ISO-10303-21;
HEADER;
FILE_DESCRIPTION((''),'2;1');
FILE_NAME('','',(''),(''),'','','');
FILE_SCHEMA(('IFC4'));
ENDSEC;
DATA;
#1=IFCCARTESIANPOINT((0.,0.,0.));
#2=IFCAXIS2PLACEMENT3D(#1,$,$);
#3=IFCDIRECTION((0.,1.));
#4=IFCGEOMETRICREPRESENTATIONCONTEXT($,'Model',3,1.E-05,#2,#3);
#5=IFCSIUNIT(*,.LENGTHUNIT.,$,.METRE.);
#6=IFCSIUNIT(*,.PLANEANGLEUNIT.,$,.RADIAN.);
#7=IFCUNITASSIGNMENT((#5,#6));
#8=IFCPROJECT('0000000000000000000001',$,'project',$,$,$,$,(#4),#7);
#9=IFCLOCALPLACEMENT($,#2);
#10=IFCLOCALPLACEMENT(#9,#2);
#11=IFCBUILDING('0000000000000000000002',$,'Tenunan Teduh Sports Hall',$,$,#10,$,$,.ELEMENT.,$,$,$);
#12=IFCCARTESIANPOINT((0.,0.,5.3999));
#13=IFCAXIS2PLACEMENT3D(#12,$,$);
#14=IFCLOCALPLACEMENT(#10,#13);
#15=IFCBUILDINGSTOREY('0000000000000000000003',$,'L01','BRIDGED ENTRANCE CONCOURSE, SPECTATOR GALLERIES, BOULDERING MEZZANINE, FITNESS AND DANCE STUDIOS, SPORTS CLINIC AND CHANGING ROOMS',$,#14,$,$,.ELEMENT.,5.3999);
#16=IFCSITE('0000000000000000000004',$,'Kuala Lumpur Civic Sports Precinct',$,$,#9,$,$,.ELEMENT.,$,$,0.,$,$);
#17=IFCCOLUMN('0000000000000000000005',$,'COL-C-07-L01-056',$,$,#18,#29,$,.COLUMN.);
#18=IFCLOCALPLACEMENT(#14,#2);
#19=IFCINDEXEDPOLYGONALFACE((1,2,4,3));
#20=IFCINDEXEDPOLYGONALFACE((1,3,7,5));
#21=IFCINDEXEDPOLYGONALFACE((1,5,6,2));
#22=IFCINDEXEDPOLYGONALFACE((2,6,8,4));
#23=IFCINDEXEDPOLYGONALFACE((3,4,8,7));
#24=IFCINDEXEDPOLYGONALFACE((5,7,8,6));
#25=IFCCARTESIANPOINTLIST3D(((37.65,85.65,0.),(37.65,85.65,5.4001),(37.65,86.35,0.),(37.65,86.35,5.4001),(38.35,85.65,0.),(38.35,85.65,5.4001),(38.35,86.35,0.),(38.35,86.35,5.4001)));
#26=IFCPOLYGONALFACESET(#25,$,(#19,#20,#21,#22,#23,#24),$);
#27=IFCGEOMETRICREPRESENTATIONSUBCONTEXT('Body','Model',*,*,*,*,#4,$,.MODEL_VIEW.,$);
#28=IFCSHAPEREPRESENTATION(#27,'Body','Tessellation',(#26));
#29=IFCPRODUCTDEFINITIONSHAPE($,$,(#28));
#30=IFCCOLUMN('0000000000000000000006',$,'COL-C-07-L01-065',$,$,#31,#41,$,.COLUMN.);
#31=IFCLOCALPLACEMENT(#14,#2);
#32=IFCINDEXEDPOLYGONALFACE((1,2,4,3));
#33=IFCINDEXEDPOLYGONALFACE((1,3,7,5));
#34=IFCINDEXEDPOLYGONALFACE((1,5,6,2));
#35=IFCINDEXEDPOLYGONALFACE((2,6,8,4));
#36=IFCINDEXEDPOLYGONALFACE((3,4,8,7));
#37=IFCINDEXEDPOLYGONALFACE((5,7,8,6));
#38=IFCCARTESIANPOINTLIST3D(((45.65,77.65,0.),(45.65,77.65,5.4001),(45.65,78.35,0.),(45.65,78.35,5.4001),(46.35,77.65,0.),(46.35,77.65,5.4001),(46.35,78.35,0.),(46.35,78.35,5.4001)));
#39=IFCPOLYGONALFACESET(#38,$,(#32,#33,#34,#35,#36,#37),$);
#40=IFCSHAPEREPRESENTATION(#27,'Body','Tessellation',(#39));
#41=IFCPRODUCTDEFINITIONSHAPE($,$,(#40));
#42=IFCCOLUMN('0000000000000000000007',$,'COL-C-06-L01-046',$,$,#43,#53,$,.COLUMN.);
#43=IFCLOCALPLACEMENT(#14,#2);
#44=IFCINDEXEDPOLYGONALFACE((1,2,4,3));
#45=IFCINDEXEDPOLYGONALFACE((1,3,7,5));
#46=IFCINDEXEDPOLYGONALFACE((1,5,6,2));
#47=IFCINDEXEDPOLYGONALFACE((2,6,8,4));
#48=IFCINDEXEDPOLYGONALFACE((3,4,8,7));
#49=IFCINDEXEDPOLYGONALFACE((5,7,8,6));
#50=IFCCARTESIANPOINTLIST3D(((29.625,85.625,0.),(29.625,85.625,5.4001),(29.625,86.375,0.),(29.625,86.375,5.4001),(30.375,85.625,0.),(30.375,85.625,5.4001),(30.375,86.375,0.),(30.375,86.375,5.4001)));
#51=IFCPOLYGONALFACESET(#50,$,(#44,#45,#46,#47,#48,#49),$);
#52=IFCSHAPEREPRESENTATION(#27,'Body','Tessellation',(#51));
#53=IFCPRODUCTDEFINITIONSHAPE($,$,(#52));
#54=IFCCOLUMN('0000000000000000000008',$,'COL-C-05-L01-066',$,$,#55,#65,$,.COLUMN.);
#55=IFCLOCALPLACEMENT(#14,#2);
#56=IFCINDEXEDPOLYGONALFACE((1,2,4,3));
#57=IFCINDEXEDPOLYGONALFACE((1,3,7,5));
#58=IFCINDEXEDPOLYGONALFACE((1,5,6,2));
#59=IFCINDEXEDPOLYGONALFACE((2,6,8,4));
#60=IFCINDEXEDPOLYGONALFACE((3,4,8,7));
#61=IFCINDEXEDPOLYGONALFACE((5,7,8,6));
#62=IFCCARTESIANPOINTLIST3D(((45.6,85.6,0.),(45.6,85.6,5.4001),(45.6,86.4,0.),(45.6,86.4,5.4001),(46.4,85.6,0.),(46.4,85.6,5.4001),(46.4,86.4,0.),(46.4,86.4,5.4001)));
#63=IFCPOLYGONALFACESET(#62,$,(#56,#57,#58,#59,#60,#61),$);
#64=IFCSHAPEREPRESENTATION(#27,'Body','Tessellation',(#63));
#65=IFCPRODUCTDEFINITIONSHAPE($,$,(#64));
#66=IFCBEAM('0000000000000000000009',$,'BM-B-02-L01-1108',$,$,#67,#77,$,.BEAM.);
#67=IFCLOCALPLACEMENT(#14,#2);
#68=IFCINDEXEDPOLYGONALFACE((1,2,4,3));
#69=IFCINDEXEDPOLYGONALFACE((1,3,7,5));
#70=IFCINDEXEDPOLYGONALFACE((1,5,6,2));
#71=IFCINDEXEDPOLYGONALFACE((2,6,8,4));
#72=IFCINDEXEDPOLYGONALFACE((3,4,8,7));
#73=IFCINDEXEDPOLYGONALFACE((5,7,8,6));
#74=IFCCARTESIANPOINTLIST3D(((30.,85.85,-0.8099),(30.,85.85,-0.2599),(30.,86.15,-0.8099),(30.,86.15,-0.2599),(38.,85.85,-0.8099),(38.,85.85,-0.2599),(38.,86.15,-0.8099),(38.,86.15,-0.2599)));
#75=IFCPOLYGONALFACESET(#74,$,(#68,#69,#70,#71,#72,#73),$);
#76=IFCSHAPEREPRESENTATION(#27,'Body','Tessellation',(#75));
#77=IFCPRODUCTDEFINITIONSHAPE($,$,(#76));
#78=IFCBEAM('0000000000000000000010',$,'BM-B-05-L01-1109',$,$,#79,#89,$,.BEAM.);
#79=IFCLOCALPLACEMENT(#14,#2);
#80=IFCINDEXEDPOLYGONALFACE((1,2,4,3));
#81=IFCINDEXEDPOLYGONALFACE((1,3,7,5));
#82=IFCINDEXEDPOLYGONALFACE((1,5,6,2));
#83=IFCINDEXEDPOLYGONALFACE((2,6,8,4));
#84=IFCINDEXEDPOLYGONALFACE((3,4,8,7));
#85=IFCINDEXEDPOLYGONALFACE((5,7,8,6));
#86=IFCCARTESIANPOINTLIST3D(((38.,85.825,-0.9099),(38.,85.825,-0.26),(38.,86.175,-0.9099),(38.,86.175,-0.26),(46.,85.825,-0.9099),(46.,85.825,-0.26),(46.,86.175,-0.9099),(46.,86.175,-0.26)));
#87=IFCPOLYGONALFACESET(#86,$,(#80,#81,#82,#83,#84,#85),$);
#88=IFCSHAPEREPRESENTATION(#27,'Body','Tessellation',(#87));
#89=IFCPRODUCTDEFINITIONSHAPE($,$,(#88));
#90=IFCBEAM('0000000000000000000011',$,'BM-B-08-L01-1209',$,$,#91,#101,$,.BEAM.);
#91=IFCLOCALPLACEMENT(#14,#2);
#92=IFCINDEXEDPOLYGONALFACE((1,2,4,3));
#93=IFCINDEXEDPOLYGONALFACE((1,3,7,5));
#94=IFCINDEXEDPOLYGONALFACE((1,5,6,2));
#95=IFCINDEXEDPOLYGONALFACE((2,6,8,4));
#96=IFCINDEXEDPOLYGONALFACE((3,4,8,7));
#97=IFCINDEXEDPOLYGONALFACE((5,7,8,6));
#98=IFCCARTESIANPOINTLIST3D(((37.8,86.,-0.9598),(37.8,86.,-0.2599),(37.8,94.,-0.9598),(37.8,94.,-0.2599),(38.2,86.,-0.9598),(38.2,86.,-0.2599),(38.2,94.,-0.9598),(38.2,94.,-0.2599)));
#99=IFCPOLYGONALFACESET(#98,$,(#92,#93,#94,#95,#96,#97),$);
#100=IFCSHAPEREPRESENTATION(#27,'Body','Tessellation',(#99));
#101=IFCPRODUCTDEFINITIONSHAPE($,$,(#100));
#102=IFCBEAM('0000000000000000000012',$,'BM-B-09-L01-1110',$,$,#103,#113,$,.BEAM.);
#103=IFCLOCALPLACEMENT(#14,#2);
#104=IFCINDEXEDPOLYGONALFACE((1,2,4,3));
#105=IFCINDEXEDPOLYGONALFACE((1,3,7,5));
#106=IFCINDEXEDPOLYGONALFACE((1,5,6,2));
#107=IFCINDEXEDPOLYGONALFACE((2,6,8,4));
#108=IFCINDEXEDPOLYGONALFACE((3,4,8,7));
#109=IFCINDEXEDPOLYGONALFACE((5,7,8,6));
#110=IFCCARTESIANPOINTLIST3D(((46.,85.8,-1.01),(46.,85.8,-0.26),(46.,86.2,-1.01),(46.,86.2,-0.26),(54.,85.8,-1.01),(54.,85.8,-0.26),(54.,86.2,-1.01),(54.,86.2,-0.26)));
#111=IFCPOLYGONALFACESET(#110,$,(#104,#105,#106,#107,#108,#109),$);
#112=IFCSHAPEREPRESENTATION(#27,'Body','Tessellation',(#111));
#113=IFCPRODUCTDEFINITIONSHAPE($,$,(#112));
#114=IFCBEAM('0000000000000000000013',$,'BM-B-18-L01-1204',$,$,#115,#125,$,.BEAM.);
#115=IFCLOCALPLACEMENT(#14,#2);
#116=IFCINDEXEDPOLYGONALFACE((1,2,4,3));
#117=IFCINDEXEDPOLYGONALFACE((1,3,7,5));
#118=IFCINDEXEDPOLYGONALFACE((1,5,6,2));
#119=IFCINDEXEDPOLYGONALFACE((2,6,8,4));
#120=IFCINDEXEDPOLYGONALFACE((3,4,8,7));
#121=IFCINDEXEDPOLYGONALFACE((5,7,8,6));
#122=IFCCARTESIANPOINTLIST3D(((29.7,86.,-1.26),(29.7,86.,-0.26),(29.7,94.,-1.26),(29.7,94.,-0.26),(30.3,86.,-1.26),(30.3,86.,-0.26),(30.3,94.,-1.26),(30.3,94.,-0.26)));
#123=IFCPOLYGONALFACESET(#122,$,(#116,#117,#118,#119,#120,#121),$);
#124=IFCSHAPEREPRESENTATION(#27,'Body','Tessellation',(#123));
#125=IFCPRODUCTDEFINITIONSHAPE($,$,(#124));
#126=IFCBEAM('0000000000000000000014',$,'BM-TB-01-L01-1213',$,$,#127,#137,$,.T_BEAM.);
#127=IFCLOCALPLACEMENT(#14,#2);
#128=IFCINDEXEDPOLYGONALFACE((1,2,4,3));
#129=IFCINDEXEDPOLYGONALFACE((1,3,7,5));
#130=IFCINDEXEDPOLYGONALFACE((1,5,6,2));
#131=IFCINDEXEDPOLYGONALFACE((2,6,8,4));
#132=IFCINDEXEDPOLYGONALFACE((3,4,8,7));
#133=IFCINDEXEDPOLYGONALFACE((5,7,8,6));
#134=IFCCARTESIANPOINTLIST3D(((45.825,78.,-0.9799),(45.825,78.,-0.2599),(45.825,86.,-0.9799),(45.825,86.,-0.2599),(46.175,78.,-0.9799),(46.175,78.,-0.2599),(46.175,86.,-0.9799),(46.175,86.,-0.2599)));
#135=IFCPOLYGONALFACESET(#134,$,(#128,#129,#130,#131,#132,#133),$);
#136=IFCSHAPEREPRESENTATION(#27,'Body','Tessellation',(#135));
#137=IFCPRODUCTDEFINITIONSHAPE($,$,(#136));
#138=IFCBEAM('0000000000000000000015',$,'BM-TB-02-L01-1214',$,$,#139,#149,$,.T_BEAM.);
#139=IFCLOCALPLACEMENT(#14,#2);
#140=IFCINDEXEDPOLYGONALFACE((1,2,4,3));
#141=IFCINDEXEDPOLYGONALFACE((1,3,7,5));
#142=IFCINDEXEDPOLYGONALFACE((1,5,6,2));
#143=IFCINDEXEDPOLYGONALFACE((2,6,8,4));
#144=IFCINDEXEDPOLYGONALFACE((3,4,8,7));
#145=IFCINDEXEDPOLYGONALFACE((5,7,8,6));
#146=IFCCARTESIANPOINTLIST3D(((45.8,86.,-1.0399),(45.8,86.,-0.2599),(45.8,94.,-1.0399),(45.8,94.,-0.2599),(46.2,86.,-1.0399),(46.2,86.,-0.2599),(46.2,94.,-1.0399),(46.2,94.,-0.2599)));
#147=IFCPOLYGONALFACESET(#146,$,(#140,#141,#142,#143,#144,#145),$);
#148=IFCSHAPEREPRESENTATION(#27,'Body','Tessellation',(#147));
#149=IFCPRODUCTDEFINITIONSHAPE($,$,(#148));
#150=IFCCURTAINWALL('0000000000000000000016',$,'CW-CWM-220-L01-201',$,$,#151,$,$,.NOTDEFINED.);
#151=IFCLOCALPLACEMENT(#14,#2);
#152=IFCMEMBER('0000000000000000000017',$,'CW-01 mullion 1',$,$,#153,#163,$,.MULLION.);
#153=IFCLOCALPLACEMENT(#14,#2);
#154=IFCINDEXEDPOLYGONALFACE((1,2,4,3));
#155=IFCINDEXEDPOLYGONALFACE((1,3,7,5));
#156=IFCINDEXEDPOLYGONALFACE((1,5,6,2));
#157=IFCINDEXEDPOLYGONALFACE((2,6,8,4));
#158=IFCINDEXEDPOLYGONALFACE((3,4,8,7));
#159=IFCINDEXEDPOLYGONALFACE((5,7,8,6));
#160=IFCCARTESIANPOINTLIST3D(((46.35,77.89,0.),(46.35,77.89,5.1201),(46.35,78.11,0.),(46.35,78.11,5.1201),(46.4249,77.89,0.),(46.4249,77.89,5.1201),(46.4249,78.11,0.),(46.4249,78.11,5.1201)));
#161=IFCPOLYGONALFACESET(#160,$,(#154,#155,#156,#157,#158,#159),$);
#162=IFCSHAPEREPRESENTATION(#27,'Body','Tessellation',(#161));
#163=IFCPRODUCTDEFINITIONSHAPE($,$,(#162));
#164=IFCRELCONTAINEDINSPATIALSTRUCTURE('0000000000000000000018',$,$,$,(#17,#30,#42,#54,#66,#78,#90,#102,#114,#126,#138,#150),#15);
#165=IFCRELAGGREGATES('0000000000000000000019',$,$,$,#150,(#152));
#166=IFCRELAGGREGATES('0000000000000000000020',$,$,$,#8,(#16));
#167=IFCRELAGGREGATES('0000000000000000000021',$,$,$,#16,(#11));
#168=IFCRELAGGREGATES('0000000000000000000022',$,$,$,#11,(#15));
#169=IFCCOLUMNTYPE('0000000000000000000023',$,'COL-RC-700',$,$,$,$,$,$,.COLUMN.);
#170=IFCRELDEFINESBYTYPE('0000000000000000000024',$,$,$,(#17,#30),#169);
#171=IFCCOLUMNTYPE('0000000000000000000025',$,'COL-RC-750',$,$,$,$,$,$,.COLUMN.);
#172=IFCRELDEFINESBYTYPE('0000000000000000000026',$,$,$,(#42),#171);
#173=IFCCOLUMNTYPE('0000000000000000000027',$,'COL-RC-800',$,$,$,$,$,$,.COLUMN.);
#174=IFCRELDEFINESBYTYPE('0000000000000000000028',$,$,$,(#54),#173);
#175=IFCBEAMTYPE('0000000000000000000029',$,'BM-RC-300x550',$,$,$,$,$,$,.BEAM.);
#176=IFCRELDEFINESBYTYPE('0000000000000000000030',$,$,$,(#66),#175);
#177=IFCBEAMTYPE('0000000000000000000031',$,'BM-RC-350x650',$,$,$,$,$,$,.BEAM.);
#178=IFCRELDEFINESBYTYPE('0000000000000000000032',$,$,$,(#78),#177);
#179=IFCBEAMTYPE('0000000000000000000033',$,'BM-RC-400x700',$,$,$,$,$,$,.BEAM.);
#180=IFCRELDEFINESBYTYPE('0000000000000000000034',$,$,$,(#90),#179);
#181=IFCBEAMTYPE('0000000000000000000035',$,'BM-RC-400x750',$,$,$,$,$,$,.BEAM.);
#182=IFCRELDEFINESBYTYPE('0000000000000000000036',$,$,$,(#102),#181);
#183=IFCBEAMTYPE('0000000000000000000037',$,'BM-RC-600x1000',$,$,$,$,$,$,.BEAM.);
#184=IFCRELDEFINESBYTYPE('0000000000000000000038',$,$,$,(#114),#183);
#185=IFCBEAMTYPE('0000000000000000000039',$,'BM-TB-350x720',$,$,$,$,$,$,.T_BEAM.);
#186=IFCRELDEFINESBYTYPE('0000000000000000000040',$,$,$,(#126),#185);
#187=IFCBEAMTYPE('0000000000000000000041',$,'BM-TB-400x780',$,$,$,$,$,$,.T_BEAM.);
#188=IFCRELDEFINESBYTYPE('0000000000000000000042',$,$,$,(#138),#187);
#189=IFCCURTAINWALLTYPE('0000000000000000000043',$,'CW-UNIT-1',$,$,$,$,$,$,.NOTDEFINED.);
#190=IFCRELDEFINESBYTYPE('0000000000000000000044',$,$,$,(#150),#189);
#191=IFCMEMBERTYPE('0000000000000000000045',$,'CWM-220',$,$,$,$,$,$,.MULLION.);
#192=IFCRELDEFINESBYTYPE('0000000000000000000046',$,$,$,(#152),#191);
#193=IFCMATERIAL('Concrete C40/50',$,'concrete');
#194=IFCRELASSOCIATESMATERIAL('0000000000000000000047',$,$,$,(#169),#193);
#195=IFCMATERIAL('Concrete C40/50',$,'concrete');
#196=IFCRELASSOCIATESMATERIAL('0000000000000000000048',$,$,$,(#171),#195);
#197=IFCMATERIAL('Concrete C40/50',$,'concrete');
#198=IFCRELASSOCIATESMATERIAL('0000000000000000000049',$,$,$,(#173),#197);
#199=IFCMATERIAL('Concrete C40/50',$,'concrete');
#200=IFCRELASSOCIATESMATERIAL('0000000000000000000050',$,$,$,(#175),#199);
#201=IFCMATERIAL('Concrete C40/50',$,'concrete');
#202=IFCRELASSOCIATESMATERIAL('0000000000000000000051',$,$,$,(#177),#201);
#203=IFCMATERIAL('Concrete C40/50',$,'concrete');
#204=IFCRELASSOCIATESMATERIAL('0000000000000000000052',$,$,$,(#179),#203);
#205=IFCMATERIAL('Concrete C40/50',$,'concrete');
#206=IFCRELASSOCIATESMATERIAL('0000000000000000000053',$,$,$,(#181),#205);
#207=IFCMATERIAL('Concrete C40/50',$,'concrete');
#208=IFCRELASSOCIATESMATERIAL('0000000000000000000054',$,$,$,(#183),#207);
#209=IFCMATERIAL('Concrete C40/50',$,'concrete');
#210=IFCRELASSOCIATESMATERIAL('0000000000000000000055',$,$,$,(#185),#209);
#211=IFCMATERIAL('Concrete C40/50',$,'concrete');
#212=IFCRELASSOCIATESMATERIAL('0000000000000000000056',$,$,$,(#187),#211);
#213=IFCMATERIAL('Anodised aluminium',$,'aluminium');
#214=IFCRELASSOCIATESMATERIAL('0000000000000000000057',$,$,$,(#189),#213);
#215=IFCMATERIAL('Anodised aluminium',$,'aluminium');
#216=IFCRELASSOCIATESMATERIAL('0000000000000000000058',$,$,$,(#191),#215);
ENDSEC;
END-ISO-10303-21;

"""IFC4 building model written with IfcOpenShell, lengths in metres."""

from ifc_helpers import new_model, si_unit, direction, frame, origin, origin_2d, place, context, subcontext, project, spatial, rectangle, extrude, material, material_profile, profile_set, type_object, element, aggregate, save


model = new_model("IFC4")

# Units and contexts
model_context = context("Model", 3, precision=1e-05, world=origin(), true_north=direction((0.0, 1.0)))
body_context = subcontext(model_context, "Body", "Model", "MODEL_VIEW")
ifc_project = project(units=[si_unit("LENGTHUNIT", "METRE"), si_unit("PLANEANGLEUNIT", "RADIAN")], contexts=[model_context])

# Site, building, storey
site_placement = place(None, origin())
site = spatial("IfcSite", under=ifc_project, at=site_placement, Name="Kuala Lumpur Civic Sports Precinct", CompositionType="ELEMENT", RefElevation=0.0)
building_placement = place(site_placement, origin())
building = spatial("IfcBuilding", under=site, at=building_placement, Name="Tenunan Teduh Sports Hall", CompositionType="ELEMENT")
storey_placement = place(building_placement, frame((0.0, 0.0, 5.3999)))
storey = spatial("IfcBuildingStorey", under=building, at=storey_placement, Name="L01", Description="BRIDGED ENTRANCE CONCOURSE, SPECTATOR GALLERIES, BOULDERING MEZZANINE, FITNESS AND DANCE STUDIOS, SPORTS CLINIC AND CHANGING ROOMS", CompositionType="ELEMENT", Elevation=5.3999)

# Columns
ifc_material_1 = material(Name="Concrete C40/50", Category="concrete")
ifc_material_profile_1 = material_profile(ifc_material_1, rectangle(XDim=0.7, YDim=0.7, at=origin_2d()), Name="RC 700x700")
ifc_profile_set_1 = profile_set([ifc_material_profile_1], Name="Concrete C40/50")
column_type_1 = type_object("IfcColumnType", Name="COL-RC-700", PredefinedType="COLUMN", material=ifc_profile_set_1)
for number, where, z_axis, x_axis, name in (
    (1, (38.0, 86.0, 0.0), (0.0, 0.0, 1.0), (1.0, 0.0, 0.0), "COL-C-07-L01-056"),
    (2, (46.0, 78.0, 0.0), (0.0, 0.0, 1.0), (1.0, 0.0, 0.0), "COL-C-07-L01-065"),
):
    element("IfcColumn", number, at=place(storey_placement, frame(where, z_axis=z_axis, x_axis=x_axis)), inside=storey, type_object=column_type_1, Name=name, PredefinedType="COLUMN", context=body_context, shape_type="SweptSolid", body=[
        extrude(rectangle(XDim=0.7, YDim=0.7, at=origin_2d()), origin(), (0.0, 0.0, 1.0), 5.4001),
    ])
ifc_material_2 = material(Name="Concrete C40/50", Category="concrete")
ifc_material_profile_2 = material_profile(ifc_material_2, rectangle(XDim=0.75, YDim=0.75, at=origin_2d()), Name="RC 750x750")
ifc_profile_set_2 = profile_set([ifc_material_profile_2], Name="Concrete C40/50")
column_type_2 = type_object("IfcColumnType", Name="COL-RC-750", PredefinedType="COLUMN", material=ifc_profile_set_2)
column_1_placement = place(storey_placement, frame((30.0, 86.0, 0.0), z_axis=(0.0, 0.0, 1.0), x_axis=(1.0, 0.0, 0.0)))
element("IfcColumn", 3, at=column_1_placement, inside=storey, type_object=column_type_2, Name="COL-C-06-L01-046", PredefinedType="COLUMN", context=body_context, shape_type="SweptSolid", body=[
    extrude(rectangle(XDim=0.75, YDim=0.75, at=origin_2d()), origin(), (0.0, 0.0, 1.0), 5.4001),
])
ifc_material_3 = material(Name="Concrete C40/50", Category="concrete")
ifc_material_profile_3 = material_profile(ifc_material_3, rectangle(XDim=0.8, YDim=0.8, at=origin_2d()), Name="RC 800x800")
ifc_profile_set_3 = profile_set([ifc_material_profile_3], Name="Concrete C40/50")
column_type_3 = type_object("IfcColumnType", Name="COL-RC-800", PredefinedType="COLUMN", material=ifc_profile_set_3)
column_2_placement = place(storey_placement, frame((46.0, 86.0, 0.0), z_axis=(0.0, 0.0, 1.0), x_axis=(1.0, 0.0, 0.0)))
element("IfcColumn", 4, at=column_2_placement, inside=storey, type_object=column_type_3, Name="COL-C-05-L01-066", PredefinedType="COLUMN", context=body_context, shape_type="SweptSolid", body=[
    extrude(rectangle(XDim=0.8, YDim=0.8, at=origin_2d()), origin(), (0.0, 0.0, 1.0), 5.4001),
])

# Beams
ifc_material_4 = material(Name="Concrete C40/50", Category="concrete")
ifc_material_profile_4 = material_profile(ifc_material_4, rectangle(XDim=0.3, YDim=0.55, at=origin_2d()), Name="RCB 300x550")
ifc_profile_set_4 = profile_set([ifc_material_profile_4], Name="Concrete C40/50")
beam_type_1 = type_object("IfcBeamType", Name="BM-RC-300x550", PredefinedType="BEAM", material=ifc_profile_set_4)
beam_1_placement = place(storey_placement, frame((30.0, 86.0, -0.5349), z_axis=(1.0, 0.0, 0.0), x_axis=(0.0, 1.0, 0.0)))
element("IfcBeam", 5, at=beam_1_placement, inside=storey, type_object=beam_type_1, Name="BM-B-02-L01-1108", PredefinedType="BEAM", context=body_context, shape_type="SweptSolid", body=[
    extrude(rectangle(XDim=0.3, YDim=0.55, at=origin_2d()), origin(), (0.0, 0.0, 1.0), 8.0),
])
ifc_material_5 = material(Name="Concrete C40/50", Category="concrete")
ifc_material_profile_5 = material_profile(ifc_material_5, rectangle(XDim=0.3501, YDim=0.6499, at=origin_2d()), Name="RCB 350x650")
ifc_profile_set_5 = profile_set([ifc_material_profile_5], Name="Concrete C40/50")
beam_type_2 = type_object("IfcBeamType", Name="BM-RC-350x650", PredefinedType="BEAM", material=ifc_profile_set_5)
beam_2_placement = place(storey_placement, frame((38.0, 86.0, -0.585), z_axis=(1.0, 0.0, 0.0), x_axis=(0.0, 1.0, 0.0)))
element("IfcBeam", 6, at=beam_2_placement, inside=storey, type_object=beam_type_2, Name="BM-B-05-L01-1109", PredefinedType="BEAM", context=body_context, shape_type="SweptSolid", body=[
    extrude(rectangle(XDim=0.3501, YDim=0.6499, at=origin_2d()), origin(), (0.0, 0.0, 1.0), 8.0),
])
ifc_material_6 = material(Name="Concrete C40/50", Category="concrete")
ifc_material_profile_6 = material_profile(ifc_material_6, rectangle(XDim=0.3999, YDim=0.7, at=origin_2d()), Name="RCB 400x700")
ifc_profile_set_6 = profile_set([ifc_material_profile_6], Name="Concrete C40/50")
beam_type_3 = type_object("IfcBeamType", Name="BM-RC-400x700", PredefinedType="BEAM", material=ifc_profile_set_6)
beam_3_placement = place(storey_placement, frame((38.0, 86.0, -0.6099), z_axis=(0.0, 1.0, 0.0), x_axis=(-1.0, 0.0, 0.0)))
element("IfcBeam", 7, at=beam_3_placement, inside=storey, type_object=beam_type_3, Name="BM-B-08-L01-1209", PredefinedType="BEAM", context=body_context, shape_type="SweptSolid", body=[
    extrude(rectangle(XDim=0.3999, YDim=0.7, at=origin_2d()), origin(), (0.0, 0.0, 1.0), 8.0),
])
ifc_material_7 = material(Name="Concrete C40/50", Category="concrete")
ifc_material_profile_7 = material_profile(ifc_material_7, rectangle(XDim=0.3999, YDim=0.75, at=origin_2d()), Name="RCB 400x750")
ifc_profile_set_7 = profile_set([ifc_material_profile_7], Name="Concrete C40/50")
beam_type_4 = type_object("IfcBeamType", Name="BM-RC-400x750", PredefinedType="BEAM", material=ifc_profile_set_7)
beam_4_placement = place(storey_placement, frame((46.0, 86.0, -0.635), z_axis=(1.0, 0.0, 0.0), x_axis=(0.0, 1.0, 0.0)))
element("IfcBeam", 8, at=beam_4_placement, inside=storey, type_object=beam_type_4, Name="BM-B-09-L01-1110", PredefinedType="BEAM", context=body_context, shape_type="SweptSolid", body=[
    extrude(rectangle(XDim=0.3999, YDim=0.75, at=origin_2d()), origin(), (0.0, 0.0, 1.0), 8.0),
])
ifc_material_8 = material(Name="Concrete C40/50", Category="concrete")
ifc_material_profile_8 = material_profile(ifc_material_8, rectangle(XDim=0.6001, YDim=1.0, at=origin_2d()), Name="RCB 600x1000")
ifc_profile_set_8 = profile_set([ifc_material_profile_8], Name="Concrete C40/50")
beam_type_5 = type_object("IfcBeamType", Name="BM-RC-600x1000", PredefinedType="BEAM", material=ifc_profile_set_8)
beam_5_placement = place(storey_placement, frame((30.0, 86.0, -0.76), z_axis=(0.0, 1.0, 0.0), x_axis=(-1.0, 0.0, 0.0)))
element("IfcBeam", 9, at=beam_5_placement, inside=storey, type_object=beam_type_5, Name="BM-B-18-L01-1204", PredefinedType="BEAM", context=body_context, shape_type="SweptSolid", body=[
    extrude(rectangle(XDim=0.6001, YDim=1.0, at=origin_2d()), origin(), (0.0, 0.0, 1.0), 8.0),
])
ifc_material_9 = material(Name="Concrete C40/50", Category="concrete")
ifc_material_profile_9 = material_profile(ifc_material_9, rectangle(XDim=0.3501, YDim=0.72, at=origin_2d()), Name="TB 350x720")
ifc_profile_set_9 = profile_set([ifc_material_profile_9], Name="Concrete C40/50")
beam_type_6 = type_object("IfcBeamType", Name="BM-TB-350x720", PredefinedType="T_BEAM", material=ifc_profile_set_9)
beam_6_placement = place(storey_placement, frame((46.0, 78.0, -0.6199), z_axis=(0.0, 1.0, 0.0), x_axis=(-1.0, 0.0, 0.0)))
element("IfcBeam", 10, at=beam_6_placement, inside=storey, type_object=beam_type_6, Name="BM-TB-01-L01-1213", PredefinedType="T_BEAM", context=body_context, shape_type="SweptSolid", body=[
    extrude(rectangle(XDim=0.3501, YDim=0.72, at=origin_2d()), origin(), (0.0, 0.0, 1.0), 8.0),
])
ifc_material_10 = material(Name="Concrete C40/50", Category="concrete")
ifc_material_profile_10 = material_profile(ifc_material_10, rectangle(XDim=0.3999, YDim=0.78, at=origin_2d()), Name="TB 400x780")
ifc_profile_set_10 = profile_set([ifc_material_profile_10], Name="Concrete C40/50")
beam_type_7 = type_object("IfcBeamType", Name="BM-TB-400x780", PredefinedType="T_BEAM", material=ifc_profile_set_10)
beam_7_placement = place(storey_placement, frame((46.0, 86.0, -0.6499), z_axis=(0.0, 1.0, 0.0), x_axis=(-1.0, 0.0, 0.0)))
element("IfcBeam", 11, at=beam_7_placement, inside=storey, type_object=beam_type_7, Name="BM-TB-02-L01-1214", PredefinedType="T_BEAM", context=body_context, shape_type="SweptSolid", body=[
    extrude(rectangle(XDim=0.3999, YDim=0.78, at=origin_2d()), origin(), (0.0, 0.0, 1.0), 8.0),
])

# Curtain wall, member
ifc_material_11 = material(Name="Anodised aluminium", Category="aluminium")
curtain_wall_type = type_object("IfcCurtainWallType", Name="CW-UNIT-1", PredefinedType="NOTDEFINED", material=ifc_material_11)
curtain_wall_placement = place(storey_placement, origin())
curtain_wall = element("IfcCurtainWall", 12, at=curtain_wall_placement, inside=storey, type_object=curtain_wall_type, Name="CW-CWM-220-L01-201", PredefinedType="NOTDEFINED")
ifc_material_12 = material(Name="Anodised aluminium", Category="aluminium")
ifc_material_profile_11 = material_profile(ifc_material_12, rectangle(XDim=0.075, YDim=0.22, at=origin_2d()), Name="CWM 75x220")
ifc_profile_set_11 = profile_set([ifc_material_profile_11], Name="Anodised aluminium")
member_type_1 = type_object("IfcMemberType", Name="CWM-220", PredefinedType="MULLION", material=ifc_profile_set_11)
member_1_placement = place(storey_placement, frame((46.3875, 78.0, 0.0), z_axis=(0.0, 0.0, 1.0), x_axis=(1.0, 0.0, 0.0)))
member_1 = element("IfcMember", 13, at=member_1_placement, type_object=member_type_1, Name="CW-01 mullion 1", PredefinedType="MULLION", context=body_context, shape_type="SweptSolid", body=[
    extrude(rectangle(XDim=0.075, YDim=0.22, at=origin_2d()), origin(), (0.0, 0.0, 1.0), 5.1201),
])
aggregate(curtain_wall, [member_1])

save(model, "model.ifc")
